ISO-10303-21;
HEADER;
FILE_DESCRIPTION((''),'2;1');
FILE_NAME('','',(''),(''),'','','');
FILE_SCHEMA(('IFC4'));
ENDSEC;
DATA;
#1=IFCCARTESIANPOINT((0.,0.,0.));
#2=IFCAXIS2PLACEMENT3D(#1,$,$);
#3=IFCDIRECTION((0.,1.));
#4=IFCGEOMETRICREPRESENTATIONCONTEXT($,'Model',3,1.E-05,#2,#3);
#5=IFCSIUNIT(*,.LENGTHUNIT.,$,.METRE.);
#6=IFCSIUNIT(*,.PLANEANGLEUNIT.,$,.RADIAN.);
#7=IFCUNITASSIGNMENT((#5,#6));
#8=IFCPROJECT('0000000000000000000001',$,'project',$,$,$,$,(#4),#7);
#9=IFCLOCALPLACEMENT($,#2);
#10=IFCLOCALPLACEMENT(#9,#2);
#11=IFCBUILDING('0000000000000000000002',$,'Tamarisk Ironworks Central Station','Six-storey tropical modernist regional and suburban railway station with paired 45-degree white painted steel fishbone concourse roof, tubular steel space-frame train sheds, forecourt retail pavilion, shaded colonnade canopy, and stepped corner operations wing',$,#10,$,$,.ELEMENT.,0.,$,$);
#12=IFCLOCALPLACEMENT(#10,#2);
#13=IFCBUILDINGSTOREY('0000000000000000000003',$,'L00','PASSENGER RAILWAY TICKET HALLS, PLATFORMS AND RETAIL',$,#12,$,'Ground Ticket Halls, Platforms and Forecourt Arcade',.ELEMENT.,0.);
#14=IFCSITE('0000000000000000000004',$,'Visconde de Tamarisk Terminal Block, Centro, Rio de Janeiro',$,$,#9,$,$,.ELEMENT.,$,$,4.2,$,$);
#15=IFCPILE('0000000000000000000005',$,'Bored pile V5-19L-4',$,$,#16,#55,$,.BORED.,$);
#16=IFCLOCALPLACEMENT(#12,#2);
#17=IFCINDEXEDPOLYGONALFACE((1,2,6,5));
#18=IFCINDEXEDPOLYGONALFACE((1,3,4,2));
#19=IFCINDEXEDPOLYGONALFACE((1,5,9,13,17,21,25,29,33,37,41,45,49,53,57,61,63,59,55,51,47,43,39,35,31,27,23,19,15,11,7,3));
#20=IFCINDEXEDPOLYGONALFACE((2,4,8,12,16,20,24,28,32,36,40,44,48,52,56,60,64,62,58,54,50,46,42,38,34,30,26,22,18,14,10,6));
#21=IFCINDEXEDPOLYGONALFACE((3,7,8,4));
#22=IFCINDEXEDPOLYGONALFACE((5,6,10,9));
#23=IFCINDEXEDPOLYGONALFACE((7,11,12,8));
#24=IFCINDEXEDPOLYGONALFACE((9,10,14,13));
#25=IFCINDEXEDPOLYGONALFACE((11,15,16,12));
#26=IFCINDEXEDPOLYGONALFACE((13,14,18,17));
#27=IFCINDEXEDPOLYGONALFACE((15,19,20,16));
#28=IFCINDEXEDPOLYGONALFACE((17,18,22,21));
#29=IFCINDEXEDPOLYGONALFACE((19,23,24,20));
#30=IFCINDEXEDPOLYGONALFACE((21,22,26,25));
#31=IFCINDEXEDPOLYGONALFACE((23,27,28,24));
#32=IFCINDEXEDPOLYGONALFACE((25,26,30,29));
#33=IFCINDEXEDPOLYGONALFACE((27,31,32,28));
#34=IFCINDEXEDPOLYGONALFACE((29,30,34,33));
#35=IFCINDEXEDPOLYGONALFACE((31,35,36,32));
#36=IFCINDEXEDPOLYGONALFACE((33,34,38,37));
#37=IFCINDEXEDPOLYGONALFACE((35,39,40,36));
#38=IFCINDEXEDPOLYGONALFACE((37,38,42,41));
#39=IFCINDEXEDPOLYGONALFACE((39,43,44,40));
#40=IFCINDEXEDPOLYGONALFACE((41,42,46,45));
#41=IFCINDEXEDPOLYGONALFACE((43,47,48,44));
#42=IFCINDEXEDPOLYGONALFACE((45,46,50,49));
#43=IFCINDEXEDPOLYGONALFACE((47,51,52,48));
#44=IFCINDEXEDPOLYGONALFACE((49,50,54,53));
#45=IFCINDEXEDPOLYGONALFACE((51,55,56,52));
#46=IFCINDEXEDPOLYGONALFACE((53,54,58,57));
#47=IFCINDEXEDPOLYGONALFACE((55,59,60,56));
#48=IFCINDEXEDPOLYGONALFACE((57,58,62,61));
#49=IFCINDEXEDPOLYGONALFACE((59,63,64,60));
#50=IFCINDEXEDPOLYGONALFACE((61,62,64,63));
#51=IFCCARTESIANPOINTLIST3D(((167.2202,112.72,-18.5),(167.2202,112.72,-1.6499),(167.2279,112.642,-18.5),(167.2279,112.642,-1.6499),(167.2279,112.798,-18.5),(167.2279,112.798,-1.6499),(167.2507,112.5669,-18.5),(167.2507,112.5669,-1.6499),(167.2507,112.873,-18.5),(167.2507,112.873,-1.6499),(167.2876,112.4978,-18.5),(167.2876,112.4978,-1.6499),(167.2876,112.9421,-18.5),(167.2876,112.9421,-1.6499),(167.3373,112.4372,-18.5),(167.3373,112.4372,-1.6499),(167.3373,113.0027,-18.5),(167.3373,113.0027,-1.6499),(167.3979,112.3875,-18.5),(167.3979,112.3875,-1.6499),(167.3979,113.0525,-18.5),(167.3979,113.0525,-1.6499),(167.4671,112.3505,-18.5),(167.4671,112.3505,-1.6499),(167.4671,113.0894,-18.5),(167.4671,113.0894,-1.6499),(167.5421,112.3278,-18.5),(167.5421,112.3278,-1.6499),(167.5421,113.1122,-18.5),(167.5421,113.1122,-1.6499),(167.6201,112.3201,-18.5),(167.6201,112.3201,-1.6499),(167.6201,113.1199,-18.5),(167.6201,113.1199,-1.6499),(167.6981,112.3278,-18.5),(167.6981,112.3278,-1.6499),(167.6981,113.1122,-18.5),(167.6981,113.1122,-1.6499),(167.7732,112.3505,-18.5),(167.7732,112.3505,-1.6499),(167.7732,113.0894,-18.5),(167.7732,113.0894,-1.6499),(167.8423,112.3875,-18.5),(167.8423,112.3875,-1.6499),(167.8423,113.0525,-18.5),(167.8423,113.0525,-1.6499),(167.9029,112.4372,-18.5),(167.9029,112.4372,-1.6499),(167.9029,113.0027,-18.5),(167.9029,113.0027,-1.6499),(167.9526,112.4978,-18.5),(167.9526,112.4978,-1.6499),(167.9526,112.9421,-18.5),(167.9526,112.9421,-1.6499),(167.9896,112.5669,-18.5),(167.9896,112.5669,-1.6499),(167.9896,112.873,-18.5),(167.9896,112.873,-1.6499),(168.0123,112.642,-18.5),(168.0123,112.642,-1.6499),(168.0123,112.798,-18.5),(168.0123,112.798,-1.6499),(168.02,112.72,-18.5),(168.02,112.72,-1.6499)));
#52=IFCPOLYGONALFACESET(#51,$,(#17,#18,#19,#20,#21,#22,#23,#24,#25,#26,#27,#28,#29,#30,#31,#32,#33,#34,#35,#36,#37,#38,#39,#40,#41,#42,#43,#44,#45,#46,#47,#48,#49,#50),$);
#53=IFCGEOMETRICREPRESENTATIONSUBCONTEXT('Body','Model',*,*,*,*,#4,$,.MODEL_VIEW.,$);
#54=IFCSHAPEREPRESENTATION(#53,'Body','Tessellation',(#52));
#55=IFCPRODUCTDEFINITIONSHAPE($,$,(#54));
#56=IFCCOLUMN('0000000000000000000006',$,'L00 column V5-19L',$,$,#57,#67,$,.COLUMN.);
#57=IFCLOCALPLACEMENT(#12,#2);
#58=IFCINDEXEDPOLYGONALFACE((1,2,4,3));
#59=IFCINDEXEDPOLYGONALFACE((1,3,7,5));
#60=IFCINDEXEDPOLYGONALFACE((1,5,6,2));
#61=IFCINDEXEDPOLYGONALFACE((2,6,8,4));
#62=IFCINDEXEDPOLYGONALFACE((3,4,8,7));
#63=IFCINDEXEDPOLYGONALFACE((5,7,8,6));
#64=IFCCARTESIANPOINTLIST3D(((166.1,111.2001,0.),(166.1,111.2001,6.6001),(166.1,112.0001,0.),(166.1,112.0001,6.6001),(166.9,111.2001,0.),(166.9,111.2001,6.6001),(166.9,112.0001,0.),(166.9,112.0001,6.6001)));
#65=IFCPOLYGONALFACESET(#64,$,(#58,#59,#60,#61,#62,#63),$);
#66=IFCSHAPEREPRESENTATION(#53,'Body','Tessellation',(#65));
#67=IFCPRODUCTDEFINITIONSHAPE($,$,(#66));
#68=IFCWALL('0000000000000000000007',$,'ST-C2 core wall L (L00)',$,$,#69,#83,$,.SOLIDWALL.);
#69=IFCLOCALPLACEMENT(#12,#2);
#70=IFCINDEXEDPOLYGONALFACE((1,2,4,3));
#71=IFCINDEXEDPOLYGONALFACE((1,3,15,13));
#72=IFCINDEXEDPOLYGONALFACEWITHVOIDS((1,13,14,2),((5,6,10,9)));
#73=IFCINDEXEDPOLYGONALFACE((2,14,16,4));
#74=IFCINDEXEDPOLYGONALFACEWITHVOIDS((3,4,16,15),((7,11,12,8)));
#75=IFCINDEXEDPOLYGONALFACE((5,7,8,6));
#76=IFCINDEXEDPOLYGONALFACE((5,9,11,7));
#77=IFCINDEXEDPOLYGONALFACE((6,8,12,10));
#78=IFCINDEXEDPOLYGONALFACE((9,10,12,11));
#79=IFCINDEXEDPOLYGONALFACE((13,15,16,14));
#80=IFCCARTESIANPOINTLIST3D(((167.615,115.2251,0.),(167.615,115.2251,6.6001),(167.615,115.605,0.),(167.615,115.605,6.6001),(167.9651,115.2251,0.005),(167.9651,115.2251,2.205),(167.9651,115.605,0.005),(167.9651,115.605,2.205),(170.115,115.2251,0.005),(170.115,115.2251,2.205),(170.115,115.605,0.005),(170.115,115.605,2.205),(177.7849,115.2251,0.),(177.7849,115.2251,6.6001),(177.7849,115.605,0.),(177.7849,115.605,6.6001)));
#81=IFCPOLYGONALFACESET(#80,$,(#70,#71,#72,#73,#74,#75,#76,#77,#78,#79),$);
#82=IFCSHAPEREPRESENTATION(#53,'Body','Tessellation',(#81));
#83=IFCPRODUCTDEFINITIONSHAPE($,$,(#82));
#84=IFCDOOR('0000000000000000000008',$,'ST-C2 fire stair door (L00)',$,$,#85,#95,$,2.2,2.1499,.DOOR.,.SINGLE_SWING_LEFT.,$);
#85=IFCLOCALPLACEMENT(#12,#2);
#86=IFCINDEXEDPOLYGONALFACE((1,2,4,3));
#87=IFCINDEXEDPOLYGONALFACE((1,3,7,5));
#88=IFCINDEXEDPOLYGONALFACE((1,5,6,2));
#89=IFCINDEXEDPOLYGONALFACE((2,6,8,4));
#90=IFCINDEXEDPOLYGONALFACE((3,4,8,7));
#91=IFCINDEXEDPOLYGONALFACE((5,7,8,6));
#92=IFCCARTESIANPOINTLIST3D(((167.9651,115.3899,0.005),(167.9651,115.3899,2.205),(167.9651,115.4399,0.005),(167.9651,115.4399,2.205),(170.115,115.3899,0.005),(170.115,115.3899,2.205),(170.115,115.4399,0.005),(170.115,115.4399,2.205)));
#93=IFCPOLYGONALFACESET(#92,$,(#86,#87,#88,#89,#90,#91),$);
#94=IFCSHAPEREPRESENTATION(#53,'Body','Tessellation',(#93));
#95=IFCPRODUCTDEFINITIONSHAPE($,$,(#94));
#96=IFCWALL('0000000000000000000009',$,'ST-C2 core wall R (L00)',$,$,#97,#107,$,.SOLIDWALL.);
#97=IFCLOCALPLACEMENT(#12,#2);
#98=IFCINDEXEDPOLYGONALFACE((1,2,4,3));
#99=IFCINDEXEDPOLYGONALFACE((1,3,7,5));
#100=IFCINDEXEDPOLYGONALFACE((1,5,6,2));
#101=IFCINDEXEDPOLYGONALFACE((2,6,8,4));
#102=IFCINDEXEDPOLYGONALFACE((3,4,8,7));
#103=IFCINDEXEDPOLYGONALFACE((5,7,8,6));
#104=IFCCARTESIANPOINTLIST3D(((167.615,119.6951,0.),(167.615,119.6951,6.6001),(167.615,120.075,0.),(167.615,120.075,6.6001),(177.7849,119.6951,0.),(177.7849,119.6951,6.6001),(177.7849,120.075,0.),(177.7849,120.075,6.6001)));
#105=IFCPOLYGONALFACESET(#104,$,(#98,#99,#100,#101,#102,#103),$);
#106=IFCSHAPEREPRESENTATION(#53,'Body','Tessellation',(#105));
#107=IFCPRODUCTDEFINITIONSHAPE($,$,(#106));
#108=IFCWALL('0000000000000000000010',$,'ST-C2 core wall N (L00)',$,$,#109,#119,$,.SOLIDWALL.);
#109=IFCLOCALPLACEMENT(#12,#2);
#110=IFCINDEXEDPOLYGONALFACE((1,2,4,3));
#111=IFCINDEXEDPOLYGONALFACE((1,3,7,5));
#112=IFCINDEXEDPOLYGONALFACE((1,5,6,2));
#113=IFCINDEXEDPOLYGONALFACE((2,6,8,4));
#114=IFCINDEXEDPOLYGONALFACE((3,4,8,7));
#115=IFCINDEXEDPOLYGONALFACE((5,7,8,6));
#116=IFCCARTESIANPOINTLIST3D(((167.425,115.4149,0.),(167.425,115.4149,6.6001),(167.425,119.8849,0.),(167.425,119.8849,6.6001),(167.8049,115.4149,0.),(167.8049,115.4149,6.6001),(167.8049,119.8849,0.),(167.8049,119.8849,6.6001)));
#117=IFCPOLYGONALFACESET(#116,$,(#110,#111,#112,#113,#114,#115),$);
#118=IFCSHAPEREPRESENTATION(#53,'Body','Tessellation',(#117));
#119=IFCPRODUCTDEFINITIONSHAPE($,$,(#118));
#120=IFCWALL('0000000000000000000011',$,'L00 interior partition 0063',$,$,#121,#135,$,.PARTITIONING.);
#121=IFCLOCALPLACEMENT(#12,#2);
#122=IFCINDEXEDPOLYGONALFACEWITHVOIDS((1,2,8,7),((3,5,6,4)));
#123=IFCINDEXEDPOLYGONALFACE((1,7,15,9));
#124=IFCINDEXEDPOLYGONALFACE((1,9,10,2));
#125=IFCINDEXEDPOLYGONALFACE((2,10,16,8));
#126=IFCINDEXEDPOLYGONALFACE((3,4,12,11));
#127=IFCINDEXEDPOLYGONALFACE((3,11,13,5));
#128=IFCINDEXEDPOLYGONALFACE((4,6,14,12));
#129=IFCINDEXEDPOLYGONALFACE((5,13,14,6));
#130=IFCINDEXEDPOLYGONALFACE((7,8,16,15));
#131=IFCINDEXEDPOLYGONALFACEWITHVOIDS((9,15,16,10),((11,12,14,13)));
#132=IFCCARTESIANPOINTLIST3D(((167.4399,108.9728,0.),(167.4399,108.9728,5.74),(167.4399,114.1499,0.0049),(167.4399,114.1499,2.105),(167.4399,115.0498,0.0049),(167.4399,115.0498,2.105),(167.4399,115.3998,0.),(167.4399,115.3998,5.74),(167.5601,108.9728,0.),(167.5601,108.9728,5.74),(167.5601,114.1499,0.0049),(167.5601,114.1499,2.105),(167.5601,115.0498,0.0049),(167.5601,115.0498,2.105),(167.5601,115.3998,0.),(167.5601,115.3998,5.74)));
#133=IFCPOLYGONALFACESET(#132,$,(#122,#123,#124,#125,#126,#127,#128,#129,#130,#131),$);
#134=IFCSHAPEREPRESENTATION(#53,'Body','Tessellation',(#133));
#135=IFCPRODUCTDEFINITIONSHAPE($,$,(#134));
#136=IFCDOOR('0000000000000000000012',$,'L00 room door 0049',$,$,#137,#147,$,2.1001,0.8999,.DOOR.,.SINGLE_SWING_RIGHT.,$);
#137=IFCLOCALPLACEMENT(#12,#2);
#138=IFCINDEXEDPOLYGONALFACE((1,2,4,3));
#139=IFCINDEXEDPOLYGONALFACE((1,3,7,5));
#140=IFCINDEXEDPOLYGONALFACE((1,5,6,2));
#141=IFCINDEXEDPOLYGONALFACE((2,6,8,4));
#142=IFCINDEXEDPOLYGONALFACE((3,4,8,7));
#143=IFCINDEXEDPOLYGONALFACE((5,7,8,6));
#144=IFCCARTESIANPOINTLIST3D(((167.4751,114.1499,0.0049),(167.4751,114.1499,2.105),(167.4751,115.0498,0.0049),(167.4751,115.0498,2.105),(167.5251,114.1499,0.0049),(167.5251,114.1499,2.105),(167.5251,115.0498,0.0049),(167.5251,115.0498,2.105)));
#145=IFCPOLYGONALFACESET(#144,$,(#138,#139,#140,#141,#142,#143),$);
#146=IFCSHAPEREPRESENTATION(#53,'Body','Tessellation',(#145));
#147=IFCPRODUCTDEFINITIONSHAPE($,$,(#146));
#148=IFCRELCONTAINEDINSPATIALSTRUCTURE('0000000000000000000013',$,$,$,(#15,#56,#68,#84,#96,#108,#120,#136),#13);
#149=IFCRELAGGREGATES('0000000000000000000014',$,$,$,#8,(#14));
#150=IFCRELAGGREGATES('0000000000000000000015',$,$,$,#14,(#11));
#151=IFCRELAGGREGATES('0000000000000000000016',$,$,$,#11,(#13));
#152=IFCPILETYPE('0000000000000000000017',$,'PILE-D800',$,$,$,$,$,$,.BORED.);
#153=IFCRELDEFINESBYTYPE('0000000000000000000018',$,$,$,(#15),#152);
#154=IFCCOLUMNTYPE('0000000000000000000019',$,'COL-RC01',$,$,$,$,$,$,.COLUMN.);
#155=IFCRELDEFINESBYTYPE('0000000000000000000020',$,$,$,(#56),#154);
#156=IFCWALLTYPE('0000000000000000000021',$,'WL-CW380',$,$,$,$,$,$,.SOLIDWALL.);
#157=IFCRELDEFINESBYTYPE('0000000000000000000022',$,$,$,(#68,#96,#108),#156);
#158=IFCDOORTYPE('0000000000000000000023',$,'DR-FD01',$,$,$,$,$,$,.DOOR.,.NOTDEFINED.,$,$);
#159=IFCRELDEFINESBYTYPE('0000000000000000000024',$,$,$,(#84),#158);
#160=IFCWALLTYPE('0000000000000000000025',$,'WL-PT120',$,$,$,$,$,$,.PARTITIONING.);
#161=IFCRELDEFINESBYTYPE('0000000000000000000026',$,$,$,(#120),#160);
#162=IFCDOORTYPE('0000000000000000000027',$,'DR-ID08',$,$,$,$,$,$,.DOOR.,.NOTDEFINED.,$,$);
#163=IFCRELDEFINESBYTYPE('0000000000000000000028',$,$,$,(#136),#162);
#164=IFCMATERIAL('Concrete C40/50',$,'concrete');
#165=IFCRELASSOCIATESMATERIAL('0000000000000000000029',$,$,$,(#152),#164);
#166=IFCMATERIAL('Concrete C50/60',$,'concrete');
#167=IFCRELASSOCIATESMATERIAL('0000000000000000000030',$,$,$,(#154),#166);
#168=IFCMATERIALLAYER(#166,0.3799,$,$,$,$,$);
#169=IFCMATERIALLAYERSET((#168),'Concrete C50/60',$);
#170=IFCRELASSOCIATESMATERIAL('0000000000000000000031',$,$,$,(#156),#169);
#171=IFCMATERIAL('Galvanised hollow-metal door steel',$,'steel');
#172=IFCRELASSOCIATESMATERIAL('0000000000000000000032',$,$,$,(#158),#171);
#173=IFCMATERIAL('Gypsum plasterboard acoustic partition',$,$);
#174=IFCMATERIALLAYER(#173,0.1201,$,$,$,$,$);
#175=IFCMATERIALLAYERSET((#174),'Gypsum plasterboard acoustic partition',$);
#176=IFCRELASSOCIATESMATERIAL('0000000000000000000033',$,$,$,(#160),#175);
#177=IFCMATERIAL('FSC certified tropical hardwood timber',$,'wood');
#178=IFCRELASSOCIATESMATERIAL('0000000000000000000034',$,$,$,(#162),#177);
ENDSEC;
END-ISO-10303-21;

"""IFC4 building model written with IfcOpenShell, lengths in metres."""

from ifc_helpers import new_model, si_unit, direction, frame, frame_2d, origin, origin_2d, place, context, subcontext, project, spatial, rectangle, circle, extrude, material, layer, layer_set, material_profile, profile_set, type_object, element, fill, save


model = new_model("IFC4")

# Units and contexts
model_context = context("Model", 3, precision=1e-05, world=origin(), true_north=direction((0.0, 1.0)))
body_context = subcontext(model_context, "Body", "Model", "MODEL_VIEW")
ifc_project = project(units=[si_unit("LENGTHUNIT", "METRE"), si_unit("PLANEANGLEUNIT", "RADIAN")], contexts=[model_context])

# Site, building, storey
site_placement = place(None, origin())
site = spatial("IfcSite", under=ifc_project, at=site_placement, Name="Visconde de Tamarisk Terminal Block, Centro, Rio de Janeiro", CompositionType="ELEMENT", RefElevation=4.2)
building_placement = place(site_placement, origin())
building = spatial("IfcBuilding", under=site, at=building_placement, Name="Tamarisk Ironworks Central Station", Description="Six-storey tropical modernist regional and suburban railway station with paired 45-degree white painted steel fishbone concourse roof, tubular steel space-frame train sheds, forecourt retail pavilion, shaded colonnade canopy, and stepped corner operations wing", CompositionType="ELEMENT", ElevationOfRefHeight=0.0)
storey_placement = place(building_placement, origin())
storey = spatial("IfcBuildingStorey", under=building, at=storey_placement, Name="L00", Description="PASSENGER RAILWAY TICKET HALLS, PLATFORMS AND RETAIL", LongName="Ground Ticket Halls, Platforms and Forecourt Arcade", CompositionType="ELEMENT", Elevation=0.0)

# Shared definitions
ifc_material_1 = material(Name="Concrete C40/50", Category="concrete")

# Pile
ifc_material_profile_1 = material_profile(ifc_material_1, circle(Radius=0.3999, at=origin_2d()), Name="BORED PILE D800")
ifc_profile_set_1 = profile_set([ifc_material_profile_1], Name="Concrete C40/50")
pile_type = type_object("IfcPileType", Name="PILE-D800", PredefinedType="BORED", material=ifc_profile_set_1)
for number, where, z_axis, x_axis, name in (
    (1, (167.6201, 112.72, -1.6499), (0.0, 0.0, -1.0), (1.0, 0.0, 0.0), "Bored pile V5-19L-4"),
):
    element("IfcPile", number, at=place(storey_placement, frame(where, z_axis=z_axis, x_axis=x_axis)), inside=storey, type_object=pile_type, Name=name, PredefinedType="BORED", context=body_context, shape_type="SweptSolid", body=[
        extrude(circle(Radius=0.3999, at=origin_2d()), origin(), (0.0, 0.0, 1.0), 16.8501),
    ])

# Column
ifc_material_2 = material(Name="Concrete C50/60", Category="concrete")
ifc_material_profile_2 = material_profile(ifc_material_2, rectangle(XDim=0.8, YDim=0.8, at=origin_2d()), Name="RC 800x800")
ifc_profile_set_2 = profile_set([ifc_material_profile_2], Name="Concrete C50/60")
column_type = type_object("IfcColumnType", Name="COL-RC01", PredefinedType="COLUMN", material=ifc_profile_set_2)
column_placement = place(storey_placement, frame((166.5, 111.6001, 0.0), z_axis=(0.0, 0.0, 1.0), x_axis=(1.0, 0.0, 0.0)))
element("IfcColumn", 2, at=column_placement, inside=storey, type_object=column_type, Name="L00 column V5-19L", PredefinedType="COLUMN", context=body_context, shape_type="SweptSolid", body=[
    extrude(rectangle(XDim=0.8, YDim=0.8, at=origin_2d()), origin(), (0.0, 0.0, 1.0), 6.6001),
])

# Wall, opening, door
ifc_layer_1 = layer(ifc_material_2, 0.3799)
ifc_layer_set_1 = layer_set([ifc_layer_1], Name="Concrete C50/60")
wall_type_1 = type_object("IfcWallType", Name="WL-CW380", PredefinedType="SOLIDWALL", material=ifc_layer_set_1)
wall_1_placement = place(storey_placement, frame((167.615, 115.415, 0.0), z_axis=(0.0, 0.0, 1.0), x_axis=(1.0, 0.0, 0.0)))
wall_1 = element("IfcWall", 3, at=wall_1_placement, inside=storey, type_object=wall_type_1, Name="ST-C2 core wall L (L00)", PredefinedType="SOLIDWALL", context=body_context, shape_type="SweptSolid", body=[
    extrude(rectangle(XDim=10.1699, YDim=0.3799, at=frame_2d((5.085, 0.0))), origin(), (0.0, 0.0, 1.0), 6.6001),
])
opening_1_placement = place(wall_1_placement, frame((0.3501, 0.0, 0.0049)))
opening_1 = element("IfcOpeningElement", 4, at=opening_1_placement, cuts=wall_1, PredefinedType="OPENING", context=body_context, shape_type="SweptSolid", body=[
    extrude(rectangle(XDim=2.1499, YDim=2.2, at=frame_2d((1.075, 1.1001))), frame((0.0, 0.2019, 0.0), z_axis=(0.0, -1.0, 0.0), x_axis=(1.0, 0.0, 0.0)), (0.0, 0.0, 1.0), 0.4038),
])
ifc_material_3 = material(Name="Galvanised hollow-metal door steel", Category="steel")
door_type_1 = type_object("IfcDoorType", Name="DR-FD01", OperationType="NOTDEFINED", PredefinedType="DOOR", material=ifc_material_3)
door_1_placement = place(opening_1_placement, origin())
door_1 = element("IfcDoor", 5, at=door_1_placement, inside=storey, type_object=door_type_1, Name="ST-C2 fire stair door (L00)", OperationType="SINGLE_SWING_LEFT", OverallHeight=2.2, OverallWidth=2.1499, PredefinedType="DOOR", context=body_context, shape_type="SweptSolid", body=[
    extrude(rectangle(XDim=2.1499, YDim=2.2, at=frame_2d((1.075, 1.1001))), frame((0.0, 0.0249, 0.0), z_axis=(0.0, -1.0, 0.0), x_axis=(1.0, 0.0, 0.0)), (0.0, 0.0, 1.0), 0.05),
])
fill(opening_1, door_1)

# Walls
wall_2_placement = place(storey_placement, frame((167.615, 119.885, 0.0), z_axis=(0.0, 0.0, 1.0), x_axis=(1.0, 0.0, 0.0)))
element("IfcWall", 6, at=wall_2_placement, inside=storey, type_object=wall_type_1, Name="ST-C2 core wall R (L00)", PredefinedType="SOLIDWALL", context=body_context, shape_type="SweptSolid", body=[
    extrude(rectangle(XDim=10.1699, YDim=0.3799, at=frame_2d((5.085, 0.0))), origin(), (0.0, 0.0, 1.0), 6.6001),
])
wall_3_placement = place(storey_placement, frame((167.615, 115.415, 0.0), z_axis=(0.0, 0.0, 1.0), x_axis=(0.0, 1.0, 0.0)))
element("IfcWall", 7, at=wall_3_placement, inside=storey, type_object=wall_type_1, Name="ST-C2 core wall N (L00)", PredefinedType="SOLIDWALL", context=body_context, shape_type="SweptSolid", body=[
    extrude(rectangle(XDim=4.47, YDim=0.3799, at=frame_2d((2.2349, 0.0))), origin(), (0.0, 0.0, 1.0), 6.6001),
])

# Wall, opening, door
ifc_material_4 = material(Name="Gypsum plasterboard acoustic partition")
ifc_layer_2 = layer(ifc_material_4, 0.1201)
ifc_layer_set_2 = layer_set([ifc_layer_2], Name="Gypsum plasterboard acoustic partition")
wall_type_2 = type_object("IfcWallType", Name="WL-PT120", PredefinedType="PARTITIONING", material=ifc_layer_set_2)
wall_4_placement = place(storey_placement, frame((167.5, 108.9729, 0.0), z_axis=(0.0, 0.0, 1.0), x_axis=(0.0, 1.0, 0.0)))
wall_4 = element("IfcWall", 8, at=wall_4_placement, inside=storey, type_object=wall_type_2, Name="L00 interior partition 0063", PredefinedType="PARTITIONING", context=body_context, shape_type="SweptSolid", body=[
    extrude(rectangle(XDim=6.427, YDim=0.1201, at=frame_2d((3.2134, 0.0))), origin(), (0.0, 0.0, 1.0), 5.74),
])
opening_2_placement = place(wall_4_placement, frame((5.177, 0.0, 0.0049)))
opening_2 = element("IfcOpeningElement", 9, at=opening_2_placement, cuts=wall_4, PredefinedType="OPENING", context=body_context, shape_type="SweptSolid", body=[
    extrude(rectangle(XDim=0.8999, YDim=2.1001, at=frame_2d((0.45, 1.05))), frame((0.0, 0.072, 0.0), z_axis=(0.0, -1.0, 0.0), x_axis=(1.0, 0.0, 0.0)), (0.0, 0.0, 1.0), 0.144),
])
ifc_material_5 = material(Name="FSC certified tropical hardwood timber", Category="wood")
door_type_2 = type_object("IfcDoorType", Name="DR-ID08", OperationType="NOTDEFINED", PredefinedType="DOOR", material=ifc_material_5)
door_2_placement = place(opening_2_placement, origin())
door_2 = element("IfcDoor", 10, at=door_2_placement, inside=storey, type_object=door_type_2, Name="L00 room door 0049", OperationType="SINGLE_SWING_RIGHT", OverallHeight=2.1001, OverallWidth=0.8999, PredefinedType="DOOR", context=body_context, shape_type="SweptSolid", body=[
    extrude(rectangle(XDim=0.8999, YDim=2.1001, at=frame_2d((0.45, 1.05))), frame((0.0, 0.0249, 0.0), z_axis=(0.0, -1.0, 0.0), x_axis=(1.0, 0.0, 0.0)), (0.0, 0.0, 1.0), 0.05),
])
fill(opening_2, door_2)

save(model, "model.ifc")
